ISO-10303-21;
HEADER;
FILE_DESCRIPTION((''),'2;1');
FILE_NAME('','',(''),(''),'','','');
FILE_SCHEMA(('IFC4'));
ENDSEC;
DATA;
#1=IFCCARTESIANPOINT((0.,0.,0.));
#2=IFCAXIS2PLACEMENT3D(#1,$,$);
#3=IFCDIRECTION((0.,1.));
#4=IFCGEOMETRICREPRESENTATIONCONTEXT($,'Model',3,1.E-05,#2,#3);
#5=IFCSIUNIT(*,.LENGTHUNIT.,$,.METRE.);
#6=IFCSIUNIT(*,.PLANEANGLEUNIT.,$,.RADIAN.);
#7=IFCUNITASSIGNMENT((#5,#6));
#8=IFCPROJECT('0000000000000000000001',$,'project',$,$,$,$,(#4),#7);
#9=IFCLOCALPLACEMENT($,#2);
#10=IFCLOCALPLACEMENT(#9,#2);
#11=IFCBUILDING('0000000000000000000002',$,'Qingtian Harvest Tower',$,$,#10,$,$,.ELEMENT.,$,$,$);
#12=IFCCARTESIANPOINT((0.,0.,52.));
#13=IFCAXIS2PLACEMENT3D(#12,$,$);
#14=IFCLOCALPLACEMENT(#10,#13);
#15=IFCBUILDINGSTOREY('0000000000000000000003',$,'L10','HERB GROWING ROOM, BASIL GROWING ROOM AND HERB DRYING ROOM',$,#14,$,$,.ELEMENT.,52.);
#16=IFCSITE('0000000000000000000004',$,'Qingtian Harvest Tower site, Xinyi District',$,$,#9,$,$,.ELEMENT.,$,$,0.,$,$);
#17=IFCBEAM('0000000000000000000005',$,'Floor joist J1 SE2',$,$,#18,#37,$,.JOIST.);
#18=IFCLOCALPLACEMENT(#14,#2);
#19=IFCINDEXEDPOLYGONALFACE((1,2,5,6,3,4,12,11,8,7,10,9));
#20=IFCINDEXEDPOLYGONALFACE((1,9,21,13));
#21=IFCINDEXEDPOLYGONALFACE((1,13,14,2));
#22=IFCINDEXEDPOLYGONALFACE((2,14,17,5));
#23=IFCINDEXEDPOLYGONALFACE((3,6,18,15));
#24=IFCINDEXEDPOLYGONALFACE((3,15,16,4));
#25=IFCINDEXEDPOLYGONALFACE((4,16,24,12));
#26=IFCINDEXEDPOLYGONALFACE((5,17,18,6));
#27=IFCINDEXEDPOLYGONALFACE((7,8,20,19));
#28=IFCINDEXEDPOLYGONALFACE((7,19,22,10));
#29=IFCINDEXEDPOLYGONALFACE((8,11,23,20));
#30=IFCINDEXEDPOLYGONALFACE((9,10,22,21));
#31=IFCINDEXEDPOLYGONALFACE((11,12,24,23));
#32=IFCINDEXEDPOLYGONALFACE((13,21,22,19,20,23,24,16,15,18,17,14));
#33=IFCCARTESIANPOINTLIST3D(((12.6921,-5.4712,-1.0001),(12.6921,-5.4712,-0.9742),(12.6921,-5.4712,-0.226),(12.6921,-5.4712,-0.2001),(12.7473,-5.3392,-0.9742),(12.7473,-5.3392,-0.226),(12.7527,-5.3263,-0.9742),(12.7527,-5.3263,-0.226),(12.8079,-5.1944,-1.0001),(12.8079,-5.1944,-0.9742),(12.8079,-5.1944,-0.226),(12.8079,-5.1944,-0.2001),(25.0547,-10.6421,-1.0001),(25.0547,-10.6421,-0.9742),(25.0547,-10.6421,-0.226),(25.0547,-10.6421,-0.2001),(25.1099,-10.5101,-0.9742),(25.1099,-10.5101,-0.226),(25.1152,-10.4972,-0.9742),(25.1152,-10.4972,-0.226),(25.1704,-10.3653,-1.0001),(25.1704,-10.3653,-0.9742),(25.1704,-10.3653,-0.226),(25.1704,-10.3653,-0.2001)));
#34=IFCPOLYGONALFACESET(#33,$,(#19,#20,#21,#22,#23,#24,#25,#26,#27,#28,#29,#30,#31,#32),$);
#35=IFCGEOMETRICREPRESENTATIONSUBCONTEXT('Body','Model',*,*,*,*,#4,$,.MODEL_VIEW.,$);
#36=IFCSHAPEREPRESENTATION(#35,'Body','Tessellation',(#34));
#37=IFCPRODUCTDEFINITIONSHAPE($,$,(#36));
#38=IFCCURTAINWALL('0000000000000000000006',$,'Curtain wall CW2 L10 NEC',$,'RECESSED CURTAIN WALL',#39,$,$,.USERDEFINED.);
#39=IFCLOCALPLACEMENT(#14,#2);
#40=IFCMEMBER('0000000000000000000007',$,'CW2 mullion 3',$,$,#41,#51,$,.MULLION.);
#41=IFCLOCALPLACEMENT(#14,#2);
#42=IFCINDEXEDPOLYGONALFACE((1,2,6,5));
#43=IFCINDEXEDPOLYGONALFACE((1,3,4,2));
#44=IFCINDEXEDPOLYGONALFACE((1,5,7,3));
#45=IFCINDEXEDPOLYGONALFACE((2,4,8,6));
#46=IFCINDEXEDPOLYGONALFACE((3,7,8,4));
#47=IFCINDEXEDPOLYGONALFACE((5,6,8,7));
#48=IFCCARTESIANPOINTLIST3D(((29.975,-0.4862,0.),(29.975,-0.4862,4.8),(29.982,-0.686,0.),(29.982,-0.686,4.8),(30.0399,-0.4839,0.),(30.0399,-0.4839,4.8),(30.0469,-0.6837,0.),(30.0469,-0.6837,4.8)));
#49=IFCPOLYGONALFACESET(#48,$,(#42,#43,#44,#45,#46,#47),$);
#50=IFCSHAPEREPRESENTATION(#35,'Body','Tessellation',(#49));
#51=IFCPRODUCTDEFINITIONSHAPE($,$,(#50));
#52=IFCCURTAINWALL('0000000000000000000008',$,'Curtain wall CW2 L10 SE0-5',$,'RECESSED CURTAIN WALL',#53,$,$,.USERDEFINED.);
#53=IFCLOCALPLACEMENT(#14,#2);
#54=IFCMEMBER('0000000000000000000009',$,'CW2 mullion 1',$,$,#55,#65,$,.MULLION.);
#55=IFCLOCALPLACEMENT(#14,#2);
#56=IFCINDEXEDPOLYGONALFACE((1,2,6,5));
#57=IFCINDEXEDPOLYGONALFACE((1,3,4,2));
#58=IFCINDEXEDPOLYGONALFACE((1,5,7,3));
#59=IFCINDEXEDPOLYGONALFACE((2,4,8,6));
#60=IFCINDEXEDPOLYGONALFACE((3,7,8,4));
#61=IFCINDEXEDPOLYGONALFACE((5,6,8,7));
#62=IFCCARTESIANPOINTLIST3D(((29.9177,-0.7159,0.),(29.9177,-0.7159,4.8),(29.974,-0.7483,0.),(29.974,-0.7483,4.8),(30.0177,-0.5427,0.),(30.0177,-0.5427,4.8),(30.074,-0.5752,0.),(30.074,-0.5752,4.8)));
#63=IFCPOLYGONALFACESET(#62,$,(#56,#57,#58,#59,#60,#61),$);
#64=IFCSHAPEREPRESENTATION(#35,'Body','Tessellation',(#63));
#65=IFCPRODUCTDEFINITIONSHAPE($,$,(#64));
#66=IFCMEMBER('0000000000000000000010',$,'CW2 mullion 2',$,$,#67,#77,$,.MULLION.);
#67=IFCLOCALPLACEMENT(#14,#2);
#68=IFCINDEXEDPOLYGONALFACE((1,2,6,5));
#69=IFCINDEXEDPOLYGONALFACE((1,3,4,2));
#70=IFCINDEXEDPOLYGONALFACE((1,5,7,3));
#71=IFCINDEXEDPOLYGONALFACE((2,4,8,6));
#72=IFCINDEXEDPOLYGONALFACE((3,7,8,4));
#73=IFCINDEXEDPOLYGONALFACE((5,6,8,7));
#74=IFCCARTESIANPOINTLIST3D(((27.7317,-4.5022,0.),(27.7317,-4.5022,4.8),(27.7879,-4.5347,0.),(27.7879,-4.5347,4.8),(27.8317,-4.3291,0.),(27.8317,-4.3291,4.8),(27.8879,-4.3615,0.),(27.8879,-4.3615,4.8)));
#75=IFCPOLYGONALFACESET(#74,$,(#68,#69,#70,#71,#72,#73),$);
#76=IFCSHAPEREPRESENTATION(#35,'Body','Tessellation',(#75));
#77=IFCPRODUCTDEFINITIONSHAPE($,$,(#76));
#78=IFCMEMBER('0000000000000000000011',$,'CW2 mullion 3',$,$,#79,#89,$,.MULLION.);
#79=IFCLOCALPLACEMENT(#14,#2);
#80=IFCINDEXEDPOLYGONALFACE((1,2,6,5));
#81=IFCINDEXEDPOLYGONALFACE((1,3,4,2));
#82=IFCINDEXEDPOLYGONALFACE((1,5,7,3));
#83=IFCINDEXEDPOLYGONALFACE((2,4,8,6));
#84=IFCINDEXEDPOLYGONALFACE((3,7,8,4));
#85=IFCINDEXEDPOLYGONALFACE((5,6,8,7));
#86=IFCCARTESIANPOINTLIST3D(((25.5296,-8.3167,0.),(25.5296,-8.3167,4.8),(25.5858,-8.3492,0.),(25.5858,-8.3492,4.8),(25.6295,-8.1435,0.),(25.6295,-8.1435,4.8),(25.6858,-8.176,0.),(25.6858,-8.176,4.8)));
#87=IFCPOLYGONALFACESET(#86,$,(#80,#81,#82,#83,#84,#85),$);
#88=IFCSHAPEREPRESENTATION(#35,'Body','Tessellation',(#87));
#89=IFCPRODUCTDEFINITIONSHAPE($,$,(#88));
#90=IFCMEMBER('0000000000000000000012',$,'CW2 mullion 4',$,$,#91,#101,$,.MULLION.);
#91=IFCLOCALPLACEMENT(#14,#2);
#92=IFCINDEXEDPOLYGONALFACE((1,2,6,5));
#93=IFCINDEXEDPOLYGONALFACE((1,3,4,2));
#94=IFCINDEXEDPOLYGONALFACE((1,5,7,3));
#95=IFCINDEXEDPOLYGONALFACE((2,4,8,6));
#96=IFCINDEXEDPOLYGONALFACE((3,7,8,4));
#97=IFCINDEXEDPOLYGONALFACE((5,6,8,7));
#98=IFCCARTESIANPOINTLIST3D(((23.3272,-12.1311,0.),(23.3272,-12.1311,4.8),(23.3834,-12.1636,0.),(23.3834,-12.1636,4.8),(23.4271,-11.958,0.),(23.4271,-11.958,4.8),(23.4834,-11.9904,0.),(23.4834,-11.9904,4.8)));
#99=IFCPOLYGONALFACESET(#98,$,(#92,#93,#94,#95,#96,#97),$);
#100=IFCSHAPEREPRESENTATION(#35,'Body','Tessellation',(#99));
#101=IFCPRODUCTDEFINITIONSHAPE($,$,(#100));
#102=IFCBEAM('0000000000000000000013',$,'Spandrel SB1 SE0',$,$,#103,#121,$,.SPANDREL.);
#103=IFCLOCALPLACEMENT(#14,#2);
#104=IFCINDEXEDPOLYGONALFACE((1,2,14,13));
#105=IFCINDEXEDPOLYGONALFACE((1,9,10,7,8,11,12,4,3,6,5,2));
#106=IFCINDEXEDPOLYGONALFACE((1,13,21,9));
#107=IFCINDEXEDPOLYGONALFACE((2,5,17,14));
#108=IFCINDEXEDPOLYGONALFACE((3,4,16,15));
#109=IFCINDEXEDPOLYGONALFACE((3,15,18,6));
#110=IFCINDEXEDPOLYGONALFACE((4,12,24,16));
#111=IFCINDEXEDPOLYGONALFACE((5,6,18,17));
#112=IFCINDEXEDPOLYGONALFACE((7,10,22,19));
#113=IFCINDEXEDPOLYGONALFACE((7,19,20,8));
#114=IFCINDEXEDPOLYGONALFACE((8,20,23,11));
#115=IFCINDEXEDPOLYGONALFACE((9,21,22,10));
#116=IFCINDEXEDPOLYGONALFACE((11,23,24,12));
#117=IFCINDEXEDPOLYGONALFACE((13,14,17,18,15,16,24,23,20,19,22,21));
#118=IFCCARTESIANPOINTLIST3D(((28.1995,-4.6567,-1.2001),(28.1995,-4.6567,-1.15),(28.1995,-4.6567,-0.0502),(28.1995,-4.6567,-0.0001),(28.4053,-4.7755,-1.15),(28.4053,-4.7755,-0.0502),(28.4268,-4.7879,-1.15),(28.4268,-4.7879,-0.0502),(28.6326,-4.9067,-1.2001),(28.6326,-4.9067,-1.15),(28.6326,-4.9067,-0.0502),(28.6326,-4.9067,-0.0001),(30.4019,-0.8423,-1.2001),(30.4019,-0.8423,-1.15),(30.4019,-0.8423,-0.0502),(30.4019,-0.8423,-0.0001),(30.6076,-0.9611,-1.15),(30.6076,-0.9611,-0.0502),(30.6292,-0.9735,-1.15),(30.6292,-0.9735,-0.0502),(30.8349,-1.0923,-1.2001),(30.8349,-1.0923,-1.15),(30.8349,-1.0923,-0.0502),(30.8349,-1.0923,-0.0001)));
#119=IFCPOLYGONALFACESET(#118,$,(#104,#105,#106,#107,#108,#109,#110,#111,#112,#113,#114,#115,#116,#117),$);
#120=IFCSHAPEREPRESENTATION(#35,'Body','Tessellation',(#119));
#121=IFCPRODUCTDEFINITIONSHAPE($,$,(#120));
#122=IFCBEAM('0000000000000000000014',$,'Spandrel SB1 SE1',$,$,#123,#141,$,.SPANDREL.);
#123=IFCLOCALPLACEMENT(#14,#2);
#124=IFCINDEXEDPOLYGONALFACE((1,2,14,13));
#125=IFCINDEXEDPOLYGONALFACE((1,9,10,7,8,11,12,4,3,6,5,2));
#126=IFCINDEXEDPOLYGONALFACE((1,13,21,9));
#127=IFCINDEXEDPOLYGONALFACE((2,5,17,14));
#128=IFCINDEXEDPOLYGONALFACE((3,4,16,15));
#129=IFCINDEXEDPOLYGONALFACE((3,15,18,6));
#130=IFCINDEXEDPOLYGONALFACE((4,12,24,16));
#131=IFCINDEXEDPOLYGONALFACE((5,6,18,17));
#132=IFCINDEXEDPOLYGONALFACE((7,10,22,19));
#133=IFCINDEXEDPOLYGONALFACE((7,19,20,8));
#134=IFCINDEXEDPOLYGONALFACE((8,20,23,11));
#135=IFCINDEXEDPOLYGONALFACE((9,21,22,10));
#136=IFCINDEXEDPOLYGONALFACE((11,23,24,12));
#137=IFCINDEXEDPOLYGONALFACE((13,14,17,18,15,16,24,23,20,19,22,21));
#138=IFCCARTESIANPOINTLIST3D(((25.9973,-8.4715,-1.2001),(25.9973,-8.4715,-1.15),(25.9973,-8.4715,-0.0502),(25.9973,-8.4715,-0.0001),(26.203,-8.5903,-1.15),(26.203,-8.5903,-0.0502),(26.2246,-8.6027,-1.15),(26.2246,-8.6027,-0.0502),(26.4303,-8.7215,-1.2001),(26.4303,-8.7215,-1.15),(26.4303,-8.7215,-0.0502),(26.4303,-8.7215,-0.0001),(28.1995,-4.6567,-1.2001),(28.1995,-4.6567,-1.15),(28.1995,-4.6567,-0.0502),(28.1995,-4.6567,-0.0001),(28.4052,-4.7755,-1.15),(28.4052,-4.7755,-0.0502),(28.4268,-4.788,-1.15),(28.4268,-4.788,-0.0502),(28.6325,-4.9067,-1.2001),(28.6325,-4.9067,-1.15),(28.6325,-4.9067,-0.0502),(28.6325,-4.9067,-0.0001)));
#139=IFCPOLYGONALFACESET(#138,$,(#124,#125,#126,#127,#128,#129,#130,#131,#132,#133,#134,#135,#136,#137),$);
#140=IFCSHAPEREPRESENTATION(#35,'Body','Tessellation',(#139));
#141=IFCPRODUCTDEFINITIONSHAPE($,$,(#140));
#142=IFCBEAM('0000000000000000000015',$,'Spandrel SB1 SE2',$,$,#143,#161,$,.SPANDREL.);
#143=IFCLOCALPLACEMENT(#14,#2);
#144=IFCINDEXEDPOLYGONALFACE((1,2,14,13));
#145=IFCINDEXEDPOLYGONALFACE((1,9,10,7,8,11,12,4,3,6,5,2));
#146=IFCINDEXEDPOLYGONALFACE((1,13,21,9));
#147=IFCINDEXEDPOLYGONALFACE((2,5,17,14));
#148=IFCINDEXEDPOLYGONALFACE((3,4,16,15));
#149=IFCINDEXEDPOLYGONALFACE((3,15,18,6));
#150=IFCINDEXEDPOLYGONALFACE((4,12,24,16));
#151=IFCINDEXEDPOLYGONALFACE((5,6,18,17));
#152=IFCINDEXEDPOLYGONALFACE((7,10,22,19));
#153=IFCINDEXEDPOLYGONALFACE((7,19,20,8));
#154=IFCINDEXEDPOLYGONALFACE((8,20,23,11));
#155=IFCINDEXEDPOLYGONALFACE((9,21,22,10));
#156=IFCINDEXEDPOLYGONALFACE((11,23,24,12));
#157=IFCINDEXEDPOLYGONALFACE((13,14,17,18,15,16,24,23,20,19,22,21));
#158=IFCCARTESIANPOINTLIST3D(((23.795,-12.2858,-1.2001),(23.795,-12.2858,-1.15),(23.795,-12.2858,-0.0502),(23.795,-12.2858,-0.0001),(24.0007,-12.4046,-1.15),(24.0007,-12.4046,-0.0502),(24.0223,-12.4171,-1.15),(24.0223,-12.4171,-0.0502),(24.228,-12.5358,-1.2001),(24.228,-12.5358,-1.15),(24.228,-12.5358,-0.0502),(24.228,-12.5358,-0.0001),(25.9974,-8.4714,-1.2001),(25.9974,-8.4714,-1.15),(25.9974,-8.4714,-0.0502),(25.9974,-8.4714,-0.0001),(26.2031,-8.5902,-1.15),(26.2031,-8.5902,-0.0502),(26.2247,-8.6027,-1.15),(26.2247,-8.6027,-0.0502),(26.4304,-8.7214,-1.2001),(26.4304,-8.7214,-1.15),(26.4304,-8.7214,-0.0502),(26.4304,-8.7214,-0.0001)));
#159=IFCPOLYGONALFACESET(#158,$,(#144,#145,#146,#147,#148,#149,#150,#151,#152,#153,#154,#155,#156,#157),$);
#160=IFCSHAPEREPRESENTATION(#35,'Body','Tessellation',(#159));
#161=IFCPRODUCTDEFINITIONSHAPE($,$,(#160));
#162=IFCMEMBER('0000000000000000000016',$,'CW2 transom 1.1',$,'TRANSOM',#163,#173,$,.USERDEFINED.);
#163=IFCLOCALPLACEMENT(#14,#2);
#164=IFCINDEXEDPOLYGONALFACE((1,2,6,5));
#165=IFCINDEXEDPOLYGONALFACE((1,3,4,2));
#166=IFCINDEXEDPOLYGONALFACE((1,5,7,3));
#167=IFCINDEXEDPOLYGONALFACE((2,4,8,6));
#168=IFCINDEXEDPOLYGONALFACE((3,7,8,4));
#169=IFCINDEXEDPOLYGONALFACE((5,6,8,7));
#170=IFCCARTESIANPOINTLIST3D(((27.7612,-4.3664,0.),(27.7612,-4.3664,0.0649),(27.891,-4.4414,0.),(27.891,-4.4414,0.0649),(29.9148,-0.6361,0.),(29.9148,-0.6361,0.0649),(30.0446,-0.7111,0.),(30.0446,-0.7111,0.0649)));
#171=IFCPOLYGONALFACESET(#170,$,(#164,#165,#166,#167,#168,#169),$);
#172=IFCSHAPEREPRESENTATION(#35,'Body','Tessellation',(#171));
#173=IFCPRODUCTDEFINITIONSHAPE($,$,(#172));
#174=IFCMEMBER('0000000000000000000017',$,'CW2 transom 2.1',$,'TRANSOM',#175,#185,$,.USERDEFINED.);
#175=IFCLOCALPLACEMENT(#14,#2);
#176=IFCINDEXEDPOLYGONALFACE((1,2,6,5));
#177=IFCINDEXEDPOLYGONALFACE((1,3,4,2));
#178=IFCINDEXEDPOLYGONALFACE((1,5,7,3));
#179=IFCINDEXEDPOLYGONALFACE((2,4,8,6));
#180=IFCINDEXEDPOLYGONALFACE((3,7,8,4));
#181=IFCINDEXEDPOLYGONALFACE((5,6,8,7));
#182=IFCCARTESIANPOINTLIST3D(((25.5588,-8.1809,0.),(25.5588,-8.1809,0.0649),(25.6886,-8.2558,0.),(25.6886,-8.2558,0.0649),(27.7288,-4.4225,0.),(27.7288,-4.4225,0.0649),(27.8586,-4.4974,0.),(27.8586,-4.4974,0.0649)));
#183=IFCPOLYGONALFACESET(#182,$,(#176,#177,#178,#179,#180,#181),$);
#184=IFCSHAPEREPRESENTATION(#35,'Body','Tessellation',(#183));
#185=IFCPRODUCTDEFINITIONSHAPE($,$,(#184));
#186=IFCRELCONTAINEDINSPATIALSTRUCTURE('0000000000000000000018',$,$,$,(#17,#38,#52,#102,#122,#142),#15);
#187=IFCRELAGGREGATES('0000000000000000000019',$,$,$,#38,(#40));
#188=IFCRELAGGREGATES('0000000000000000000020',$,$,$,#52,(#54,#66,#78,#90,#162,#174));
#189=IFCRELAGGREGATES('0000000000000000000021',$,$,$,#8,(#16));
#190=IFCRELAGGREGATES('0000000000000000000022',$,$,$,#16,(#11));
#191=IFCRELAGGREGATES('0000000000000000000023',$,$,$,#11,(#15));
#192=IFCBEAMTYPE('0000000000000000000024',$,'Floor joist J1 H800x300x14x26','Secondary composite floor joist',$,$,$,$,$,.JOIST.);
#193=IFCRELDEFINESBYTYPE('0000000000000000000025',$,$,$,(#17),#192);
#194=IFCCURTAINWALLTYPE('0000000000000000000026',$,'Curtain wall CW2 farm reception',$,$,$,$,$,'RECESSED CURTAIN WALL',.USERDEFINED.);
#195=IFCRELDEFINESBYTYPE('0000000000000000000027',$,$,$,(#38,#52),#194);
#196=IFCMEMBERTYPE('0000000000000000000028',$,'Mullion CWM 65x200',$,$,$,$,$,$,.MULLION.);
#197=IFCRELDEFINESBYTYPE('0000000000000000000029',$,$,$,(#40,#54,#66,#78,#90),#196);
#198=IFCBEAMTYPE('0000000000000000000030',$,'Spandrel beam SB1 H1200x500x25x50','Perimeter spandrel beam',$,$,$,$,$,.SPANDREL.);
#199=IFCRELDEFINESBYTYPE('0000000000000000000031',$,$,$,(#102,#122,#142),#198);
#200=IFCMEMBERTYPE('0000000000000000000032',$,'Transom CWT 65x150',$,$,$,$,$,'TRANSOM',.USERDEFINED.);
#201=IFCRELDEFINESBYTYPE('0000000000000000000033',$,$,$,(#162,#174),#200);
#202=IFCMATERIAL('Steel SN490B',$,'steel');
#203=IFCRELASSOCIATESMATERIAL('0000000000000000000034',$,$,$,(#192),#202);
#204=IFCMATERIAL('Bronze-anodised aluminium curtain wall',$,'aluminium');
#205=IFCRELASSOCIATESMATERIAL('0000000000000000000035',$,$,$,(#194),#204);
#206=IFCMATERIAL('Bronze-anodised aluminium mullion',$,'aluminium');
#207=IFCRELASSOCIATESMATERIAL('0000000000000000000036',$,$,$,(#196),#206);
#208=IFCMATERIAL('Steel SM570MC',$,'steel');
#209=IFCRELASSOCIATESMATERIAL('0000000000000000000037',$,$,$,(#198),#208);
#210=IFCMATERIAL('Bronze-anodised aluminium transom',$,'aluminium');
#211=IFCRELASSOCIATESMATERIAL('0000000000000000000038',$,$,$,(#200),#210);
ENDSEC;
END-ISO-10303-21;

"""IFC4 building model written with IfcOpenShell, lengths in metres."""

from ifc_helpers import new_model, si_unit, direction, frame, origin, origin_2d, place, context, subcontext, project, spatial, rectangle, i_section, extrude, material, material_profile, profile_set, type_object, element, aggregate, save


model = new_model("IFC4")

# Units and contexts
model_context = context("Model", 3, precision=1e-05, world=origin(), true_north=direction((0.0, 1.0)))
body_context = subcontext(model_context, "Body", "Model", "MODEL_VIEW")
ifc_project = project(units=[si_unit("LENGTHUNIT", "METRE"), si_unit("PLANEANGLEUNIT", "RADIAN")], contexts=[model_context])

# Site, building, storey
site_placement = place(None, origin())
site = spatial("IfcSite", under=ifc_project, at=site_placement, Name="Qingtian Harvest Tower site, Xinyi District", CompositionType="ELEMENT", RefElevation=0.0)
building_placement = place(site_placement, origin())
building = spatial("IfcBuilding", under=site, at=building_placement, Name="Qingtian Harvest Tower", CompositionType="ELEMENT")
storey_placement = place(building_placement, frame((0.0, 0.0, 52.0)))
storey = spatial("IfcBuildingStorey", under=building, at=storey_placement, Name="L10", Description="HERB GROWING ROOM, BASIL GROWING ROOM AND HERB DRYING ROOM", CompositionType="ELEMENT", Elevation=52.0)

# Beam
ifc_material_1 = material(Name="Steel SN490B", Category="steel")
ifc_material_profile_1 = material_profile(ifc_material_1, i_section(OverallWidth=0.3, OverallDepth=0.8, WebThickness=0.0139, FlangeThickness=0.0259, at=origin_2d()), Name="H800x300x14x26")
ifc_profile_set_1 = profile_set([ifc_material_profile_1], Name="Steel SN490B")
beam_type_1 = type_object("IfcBeamType", Name="Floor joist J1 H800x300x14x26", Description="Secondary composite floor joist", PredefinedType="JOIST", material=ifc_profile_set_1)
beam_1_placement = place(storey_placement, frame((25.1125, -10.5037, -0.6001), z_axis=(-0.922551, 0.385876, 0.0), x_axis=(-0.385876, -0.922551, 0.0)))
element("IfcBeam", 1, at=beam_1_placement, inside=storey, type_object=beam_type_1, Name="Floor joist J1 SE2", PredefinedType="JOIST", context=body_context, shape_type="SweptSolid", body=[
    extrude(i_section(OverallWidth=0.3, OverallDepth=0.8, WebThickness=0.0139, FlangeThickness=0.0259, at=origin_2d()), origin(), (0.0, 0.0, 1.0), 13.4004),
])

# Curtain wall, member
ifc_material_2 = material(Name="Bronze-anodised aluminium curtain wall", Category="aluminium")
curtain_wall_type = type_object("IfcCurtainWallType", Name="Curtain wall CW2 farm reception", ElementType="RECESSED CURTAIN WALL", PredefinedType="USERDEFINED", material=ifc_material_2)
curtain_wall_1_placement = place(storey_placement, origin())
curtain_wall_1 = element("IfcCurtainWall", 2, at=curtain_wall_1_placement, inside=storey, type_object=curtain_wall_type, Name="Curtain wall CW2 L10 NEC", ObjectType="RECESSED CURTAIN WALL", PredefinedType="USERDEFINED")
ifc_material_3 = material(Name="Bronze-anodised aluminium mullion", Category="aluminium")
ifc_material_profile_2 = material_profile(ifc_material_3, rectangle(XDim=0.0649, YDim=0.2, at=origin_2d()), Name="AL 65x200")
ifc_profile_set_2 = profile_set([ifc_material_profile_2], Name="Bronze-anodised aluminium mullion")
member_type_1 = type_object("IfcMemberType", Name="Mullion CWM 65x200", PredefinedType="MULLION", material=ifc_profile_set_2)
member_1_placement = place(storey_placement, frame((30.011, -0.585, 0.0), z_axis=(0.0, 0.0, 1.0), x_axis=(0.999391, 0.034899, 0.0)))
member_1 = element("IfcMember", 3, at=member_1_placement, type_object=member_type_1, Name="CW2 mullion 3", PredefinedType="MULLION", context=body_context, shape_type="SweptSolid", body=[
    extrude(rectangle(XDim=0.0649, YDim=0.2, at=origin_2d()), origin(), (0.0, 0.0, 1.0), 4.8),
])
aggregate(curtain_wall_1, [member_1])

# Curtain wall, members
curtain_wall_2_placement = place(storey_placement, origin())
curtain_wall_2 = element("IfcCurtainWall", 4, at=curtain_wall_2_placement, inside=storey, type_object=curtain_wall_type, Name="Curtain wall CW2 L10 SE0-5", ObjectType="RECESSED CURTAIN WALL", PredefinedType="USERDEFINED")
member_2_placement = place(storey_placement, frame((29.9958, -0.6455, 0.0), z_axis=(0.0, 0.0, 1.0), x_axis=(0.866025, -0.5, 0.0)))
member_2 = element("IfcMember", 5, at=member_2_placement, type_object=member_type_1, Name="CW2 mullion 1", PredefinedType="MULLION", context=body_context, shape_type="SweptSolid", body=[
    extrude(rectangle(XDim=0.0649, YDim=0.2, at=origin_2d()), origin(), (0.0, 0.0, 1.0), 4.8),
])
member_3_placement = place(storey_placement, frame((27.8098, -4.4319, 0.0), z_axis=(0.0, 0.0, 1.0), x_axis=(0.866025, -0.5, 0.0)))
member_3 = element("IfcMember", 6, at=member_3_placement, type_object=member_type_1, Name="CW2 mullion 2", PredefinedType="MULLION", context=body_context, shape_type="SweptSolid", body=[
    extrude(rectangle(XDim=0.0649, YDim=0.2, at=origin_2d()), origin(), (0.0, 0.0, 1.0), 4.8),
])
member_4_placement = place(storey_placement, frame((25.6077, -8.2463, 0.0), z_axis=(0.0, 0.0, 1.0), x_axis=(0.866025, -0.5, 0.0)))
member_4 = element("IfcMember", 7, at=member_4_placement, type_object=member_type_1, Name="CW2 mullion 3", PredefinedType="MULLION", context=body_context, shape_type="SweptSolid", body=[
    extrude(rectangle(XDim=0.0649, YDim=0.2, at=origin_2d()), origin(), (0.0, 0.0, 1.0), 4.8),
])
member_5_placement = place(storey_placement, frame((23.4053, -12.0608, 0.0), z_axis=(0.0, 0.0, 1.0), x_axis=(0.866025, -0.5, 0.0)))
member_5 = element("IfcMember", 8, at=member_5_placement, type_object=member_type_1, Name="CW2 mullion 4", PredefinedType="MULLION", context=body_context, shape_type="SweptSolid", body=[
    extrude(rectangle(XDim=0.0649, YDim=0.2, at=origin_2d()), origin(), (0.0, 0.0, 1.0), 4.8),
])

# Beams
ifc_material_4 = material(Name="Steel SM570MC", Category="steel")
ifc_material_profile_3 = material_profile(ifc_material_4, i_section(OverallWidth=0.5, OverallDepth=1.2, WebThickness=0.0249, FlangeThickness=0.05, at=origin_2d()), Name="H1200x500x25x50")
ifc_profile_set_3 = profile_set([ifc_material_profile_3], Name="Steel SM570MC")
beam_type_2 = type_object("IfcBeamType", Name="Spandrel beam SB1 H1200x500x25x50", Description="Perimeter spandrel beam", PredefinedType="SPANDREL", material=ifc_profile_set_3)
beam_2_placement = place(storey_placement, frame((30.6184, -0.9673, -0.6001), z_axis=(-0.50002, -0.866014, 0.0), x_axis=(0.866014, -0.50002, 0.0)))
element("IfcBeam", 9, at=beam_2_placement, inside=storey, type_object=beam_type_2, Name="Spandrel SB1 SE0", PredefinedType="SPANDREL", context=body_context, shape_type="SweptSolid", body=[
    extrude(i_section(OverallWidth=0.5, OverallDepth=1.2, WebThickness=0.0249, FlangeThickness=0.05, at=origin_2d()), origin(), (0.0, 0.0, 1.0), 4.4045),
])
beam_3_placement = place(storey_placement, frame((28.416, -4.7817, -0.6001), z_axis=(-0.499954, -0.866052, 0.0), x_axis=(0.866052, -0.499954, 0.0)))
element("IfcBeam", 10, at=beam_3_placement, inside=storey, type_object=beam_type_2, Name="Spandrel SB1 SE1", PredefinedType="SPANDREL", context=body_context, shape_type="SweptSolid", body=[
    extrude(i_section(OverallWidth=0.5, OverallDepth=1.2, WebThickness=0.0249, FlangeThickness=0.05, at=origin_2d()), origin(), (0.0, 0.0, 1.0), 4.4048),
])
beam_4_placement = place(storey_placement, frame((26.2139, -8.5964, -0.6001), z_axis=(-0.50002, -0.866014, 0.0), x_axis=(0.866014, -0.50002, 0.0)))
element("IfcBeam", 11, at=beam_4_placement, inside=storey, type_object=beam_type_2, Name="Spandrel SB1 SE2", PredefinedType="SPANDREL", context=body_context, shape_type="SweptSolid", body=[
    extrude(i_section(OverallWidth=0.5, OverallDepth=1.2, WebThickness=0.0249, FlangeThickness=0.05, at=origin_2d()), origin(), (0.0, 0.0, 1.0), 4.4045),
])

# Members
ifc_material_5 = material(Name="Bronze-anodised aluminium transom", Category="aluminium")
ifc_material_profile_4 = material_profile(ifc_material_5, rectangle(XDim=0.1499, YDim=0.0649, at=origin_2d()), Name="AL 65x150")
ifc_profile_set_4 = profile_set([ifc_material_profile_4], Name="Bronze-anodised aluminium transom")
member_type_2 = type_object("IfcMemberType", Name="Transom CWT 65x150", ElementType="TRANSOM", PredefinedType="USERDEFINED", material=ifc_profile_set_4)
member_6_placement = place(storey_placement, frame((29.9797, -0.6736, 0.0325), z_axis=(-0.499986, -0.866034, 0.0), x_axis=(0.866034, -0.499986, 0.0)))
member_6 = element("IfcMember", 12, at=member_6_placement, type_object=member_type_2, Name="CW2 transom 1.1", ObjectType="TRANSOM", PredefinedType="USERDEFINED", context=body_context, shape_type="SweptSolid", body=[
    extrude(rectangle(XDim=0.1499, YDim=0.0649, at=origin_2d()), origin(), (0.0, 0.0, 1.0), 4.3074),
])
member_7_placement = place(storey_placement, frame((27.7937, -4.46, 0.0325), z_axis=(-0.500011, -0.866019, 0.0), x_axis=(0.866019, -0.500011, 0.0)))
member_7 = element("IfcMember", 13, at=member_7_placement, type_object=member_type_2, Name="CW2 transom 2.1", ObjectType="TRANSOM", PredefinedType="USERDEFINED", context=body_context, shape_type="SweptSolid", body=[
    extrude(rectangle(XDim=0.1499, YDim=0.0649, at=origin_2d()), origin(), (0.0, 0.0, 1.0), 4.3398),
])

aggregate(curtain_wall_2, [member_2, member_3, member_4, member_5, member_6, member_7])

save(model, "model.ifc")
